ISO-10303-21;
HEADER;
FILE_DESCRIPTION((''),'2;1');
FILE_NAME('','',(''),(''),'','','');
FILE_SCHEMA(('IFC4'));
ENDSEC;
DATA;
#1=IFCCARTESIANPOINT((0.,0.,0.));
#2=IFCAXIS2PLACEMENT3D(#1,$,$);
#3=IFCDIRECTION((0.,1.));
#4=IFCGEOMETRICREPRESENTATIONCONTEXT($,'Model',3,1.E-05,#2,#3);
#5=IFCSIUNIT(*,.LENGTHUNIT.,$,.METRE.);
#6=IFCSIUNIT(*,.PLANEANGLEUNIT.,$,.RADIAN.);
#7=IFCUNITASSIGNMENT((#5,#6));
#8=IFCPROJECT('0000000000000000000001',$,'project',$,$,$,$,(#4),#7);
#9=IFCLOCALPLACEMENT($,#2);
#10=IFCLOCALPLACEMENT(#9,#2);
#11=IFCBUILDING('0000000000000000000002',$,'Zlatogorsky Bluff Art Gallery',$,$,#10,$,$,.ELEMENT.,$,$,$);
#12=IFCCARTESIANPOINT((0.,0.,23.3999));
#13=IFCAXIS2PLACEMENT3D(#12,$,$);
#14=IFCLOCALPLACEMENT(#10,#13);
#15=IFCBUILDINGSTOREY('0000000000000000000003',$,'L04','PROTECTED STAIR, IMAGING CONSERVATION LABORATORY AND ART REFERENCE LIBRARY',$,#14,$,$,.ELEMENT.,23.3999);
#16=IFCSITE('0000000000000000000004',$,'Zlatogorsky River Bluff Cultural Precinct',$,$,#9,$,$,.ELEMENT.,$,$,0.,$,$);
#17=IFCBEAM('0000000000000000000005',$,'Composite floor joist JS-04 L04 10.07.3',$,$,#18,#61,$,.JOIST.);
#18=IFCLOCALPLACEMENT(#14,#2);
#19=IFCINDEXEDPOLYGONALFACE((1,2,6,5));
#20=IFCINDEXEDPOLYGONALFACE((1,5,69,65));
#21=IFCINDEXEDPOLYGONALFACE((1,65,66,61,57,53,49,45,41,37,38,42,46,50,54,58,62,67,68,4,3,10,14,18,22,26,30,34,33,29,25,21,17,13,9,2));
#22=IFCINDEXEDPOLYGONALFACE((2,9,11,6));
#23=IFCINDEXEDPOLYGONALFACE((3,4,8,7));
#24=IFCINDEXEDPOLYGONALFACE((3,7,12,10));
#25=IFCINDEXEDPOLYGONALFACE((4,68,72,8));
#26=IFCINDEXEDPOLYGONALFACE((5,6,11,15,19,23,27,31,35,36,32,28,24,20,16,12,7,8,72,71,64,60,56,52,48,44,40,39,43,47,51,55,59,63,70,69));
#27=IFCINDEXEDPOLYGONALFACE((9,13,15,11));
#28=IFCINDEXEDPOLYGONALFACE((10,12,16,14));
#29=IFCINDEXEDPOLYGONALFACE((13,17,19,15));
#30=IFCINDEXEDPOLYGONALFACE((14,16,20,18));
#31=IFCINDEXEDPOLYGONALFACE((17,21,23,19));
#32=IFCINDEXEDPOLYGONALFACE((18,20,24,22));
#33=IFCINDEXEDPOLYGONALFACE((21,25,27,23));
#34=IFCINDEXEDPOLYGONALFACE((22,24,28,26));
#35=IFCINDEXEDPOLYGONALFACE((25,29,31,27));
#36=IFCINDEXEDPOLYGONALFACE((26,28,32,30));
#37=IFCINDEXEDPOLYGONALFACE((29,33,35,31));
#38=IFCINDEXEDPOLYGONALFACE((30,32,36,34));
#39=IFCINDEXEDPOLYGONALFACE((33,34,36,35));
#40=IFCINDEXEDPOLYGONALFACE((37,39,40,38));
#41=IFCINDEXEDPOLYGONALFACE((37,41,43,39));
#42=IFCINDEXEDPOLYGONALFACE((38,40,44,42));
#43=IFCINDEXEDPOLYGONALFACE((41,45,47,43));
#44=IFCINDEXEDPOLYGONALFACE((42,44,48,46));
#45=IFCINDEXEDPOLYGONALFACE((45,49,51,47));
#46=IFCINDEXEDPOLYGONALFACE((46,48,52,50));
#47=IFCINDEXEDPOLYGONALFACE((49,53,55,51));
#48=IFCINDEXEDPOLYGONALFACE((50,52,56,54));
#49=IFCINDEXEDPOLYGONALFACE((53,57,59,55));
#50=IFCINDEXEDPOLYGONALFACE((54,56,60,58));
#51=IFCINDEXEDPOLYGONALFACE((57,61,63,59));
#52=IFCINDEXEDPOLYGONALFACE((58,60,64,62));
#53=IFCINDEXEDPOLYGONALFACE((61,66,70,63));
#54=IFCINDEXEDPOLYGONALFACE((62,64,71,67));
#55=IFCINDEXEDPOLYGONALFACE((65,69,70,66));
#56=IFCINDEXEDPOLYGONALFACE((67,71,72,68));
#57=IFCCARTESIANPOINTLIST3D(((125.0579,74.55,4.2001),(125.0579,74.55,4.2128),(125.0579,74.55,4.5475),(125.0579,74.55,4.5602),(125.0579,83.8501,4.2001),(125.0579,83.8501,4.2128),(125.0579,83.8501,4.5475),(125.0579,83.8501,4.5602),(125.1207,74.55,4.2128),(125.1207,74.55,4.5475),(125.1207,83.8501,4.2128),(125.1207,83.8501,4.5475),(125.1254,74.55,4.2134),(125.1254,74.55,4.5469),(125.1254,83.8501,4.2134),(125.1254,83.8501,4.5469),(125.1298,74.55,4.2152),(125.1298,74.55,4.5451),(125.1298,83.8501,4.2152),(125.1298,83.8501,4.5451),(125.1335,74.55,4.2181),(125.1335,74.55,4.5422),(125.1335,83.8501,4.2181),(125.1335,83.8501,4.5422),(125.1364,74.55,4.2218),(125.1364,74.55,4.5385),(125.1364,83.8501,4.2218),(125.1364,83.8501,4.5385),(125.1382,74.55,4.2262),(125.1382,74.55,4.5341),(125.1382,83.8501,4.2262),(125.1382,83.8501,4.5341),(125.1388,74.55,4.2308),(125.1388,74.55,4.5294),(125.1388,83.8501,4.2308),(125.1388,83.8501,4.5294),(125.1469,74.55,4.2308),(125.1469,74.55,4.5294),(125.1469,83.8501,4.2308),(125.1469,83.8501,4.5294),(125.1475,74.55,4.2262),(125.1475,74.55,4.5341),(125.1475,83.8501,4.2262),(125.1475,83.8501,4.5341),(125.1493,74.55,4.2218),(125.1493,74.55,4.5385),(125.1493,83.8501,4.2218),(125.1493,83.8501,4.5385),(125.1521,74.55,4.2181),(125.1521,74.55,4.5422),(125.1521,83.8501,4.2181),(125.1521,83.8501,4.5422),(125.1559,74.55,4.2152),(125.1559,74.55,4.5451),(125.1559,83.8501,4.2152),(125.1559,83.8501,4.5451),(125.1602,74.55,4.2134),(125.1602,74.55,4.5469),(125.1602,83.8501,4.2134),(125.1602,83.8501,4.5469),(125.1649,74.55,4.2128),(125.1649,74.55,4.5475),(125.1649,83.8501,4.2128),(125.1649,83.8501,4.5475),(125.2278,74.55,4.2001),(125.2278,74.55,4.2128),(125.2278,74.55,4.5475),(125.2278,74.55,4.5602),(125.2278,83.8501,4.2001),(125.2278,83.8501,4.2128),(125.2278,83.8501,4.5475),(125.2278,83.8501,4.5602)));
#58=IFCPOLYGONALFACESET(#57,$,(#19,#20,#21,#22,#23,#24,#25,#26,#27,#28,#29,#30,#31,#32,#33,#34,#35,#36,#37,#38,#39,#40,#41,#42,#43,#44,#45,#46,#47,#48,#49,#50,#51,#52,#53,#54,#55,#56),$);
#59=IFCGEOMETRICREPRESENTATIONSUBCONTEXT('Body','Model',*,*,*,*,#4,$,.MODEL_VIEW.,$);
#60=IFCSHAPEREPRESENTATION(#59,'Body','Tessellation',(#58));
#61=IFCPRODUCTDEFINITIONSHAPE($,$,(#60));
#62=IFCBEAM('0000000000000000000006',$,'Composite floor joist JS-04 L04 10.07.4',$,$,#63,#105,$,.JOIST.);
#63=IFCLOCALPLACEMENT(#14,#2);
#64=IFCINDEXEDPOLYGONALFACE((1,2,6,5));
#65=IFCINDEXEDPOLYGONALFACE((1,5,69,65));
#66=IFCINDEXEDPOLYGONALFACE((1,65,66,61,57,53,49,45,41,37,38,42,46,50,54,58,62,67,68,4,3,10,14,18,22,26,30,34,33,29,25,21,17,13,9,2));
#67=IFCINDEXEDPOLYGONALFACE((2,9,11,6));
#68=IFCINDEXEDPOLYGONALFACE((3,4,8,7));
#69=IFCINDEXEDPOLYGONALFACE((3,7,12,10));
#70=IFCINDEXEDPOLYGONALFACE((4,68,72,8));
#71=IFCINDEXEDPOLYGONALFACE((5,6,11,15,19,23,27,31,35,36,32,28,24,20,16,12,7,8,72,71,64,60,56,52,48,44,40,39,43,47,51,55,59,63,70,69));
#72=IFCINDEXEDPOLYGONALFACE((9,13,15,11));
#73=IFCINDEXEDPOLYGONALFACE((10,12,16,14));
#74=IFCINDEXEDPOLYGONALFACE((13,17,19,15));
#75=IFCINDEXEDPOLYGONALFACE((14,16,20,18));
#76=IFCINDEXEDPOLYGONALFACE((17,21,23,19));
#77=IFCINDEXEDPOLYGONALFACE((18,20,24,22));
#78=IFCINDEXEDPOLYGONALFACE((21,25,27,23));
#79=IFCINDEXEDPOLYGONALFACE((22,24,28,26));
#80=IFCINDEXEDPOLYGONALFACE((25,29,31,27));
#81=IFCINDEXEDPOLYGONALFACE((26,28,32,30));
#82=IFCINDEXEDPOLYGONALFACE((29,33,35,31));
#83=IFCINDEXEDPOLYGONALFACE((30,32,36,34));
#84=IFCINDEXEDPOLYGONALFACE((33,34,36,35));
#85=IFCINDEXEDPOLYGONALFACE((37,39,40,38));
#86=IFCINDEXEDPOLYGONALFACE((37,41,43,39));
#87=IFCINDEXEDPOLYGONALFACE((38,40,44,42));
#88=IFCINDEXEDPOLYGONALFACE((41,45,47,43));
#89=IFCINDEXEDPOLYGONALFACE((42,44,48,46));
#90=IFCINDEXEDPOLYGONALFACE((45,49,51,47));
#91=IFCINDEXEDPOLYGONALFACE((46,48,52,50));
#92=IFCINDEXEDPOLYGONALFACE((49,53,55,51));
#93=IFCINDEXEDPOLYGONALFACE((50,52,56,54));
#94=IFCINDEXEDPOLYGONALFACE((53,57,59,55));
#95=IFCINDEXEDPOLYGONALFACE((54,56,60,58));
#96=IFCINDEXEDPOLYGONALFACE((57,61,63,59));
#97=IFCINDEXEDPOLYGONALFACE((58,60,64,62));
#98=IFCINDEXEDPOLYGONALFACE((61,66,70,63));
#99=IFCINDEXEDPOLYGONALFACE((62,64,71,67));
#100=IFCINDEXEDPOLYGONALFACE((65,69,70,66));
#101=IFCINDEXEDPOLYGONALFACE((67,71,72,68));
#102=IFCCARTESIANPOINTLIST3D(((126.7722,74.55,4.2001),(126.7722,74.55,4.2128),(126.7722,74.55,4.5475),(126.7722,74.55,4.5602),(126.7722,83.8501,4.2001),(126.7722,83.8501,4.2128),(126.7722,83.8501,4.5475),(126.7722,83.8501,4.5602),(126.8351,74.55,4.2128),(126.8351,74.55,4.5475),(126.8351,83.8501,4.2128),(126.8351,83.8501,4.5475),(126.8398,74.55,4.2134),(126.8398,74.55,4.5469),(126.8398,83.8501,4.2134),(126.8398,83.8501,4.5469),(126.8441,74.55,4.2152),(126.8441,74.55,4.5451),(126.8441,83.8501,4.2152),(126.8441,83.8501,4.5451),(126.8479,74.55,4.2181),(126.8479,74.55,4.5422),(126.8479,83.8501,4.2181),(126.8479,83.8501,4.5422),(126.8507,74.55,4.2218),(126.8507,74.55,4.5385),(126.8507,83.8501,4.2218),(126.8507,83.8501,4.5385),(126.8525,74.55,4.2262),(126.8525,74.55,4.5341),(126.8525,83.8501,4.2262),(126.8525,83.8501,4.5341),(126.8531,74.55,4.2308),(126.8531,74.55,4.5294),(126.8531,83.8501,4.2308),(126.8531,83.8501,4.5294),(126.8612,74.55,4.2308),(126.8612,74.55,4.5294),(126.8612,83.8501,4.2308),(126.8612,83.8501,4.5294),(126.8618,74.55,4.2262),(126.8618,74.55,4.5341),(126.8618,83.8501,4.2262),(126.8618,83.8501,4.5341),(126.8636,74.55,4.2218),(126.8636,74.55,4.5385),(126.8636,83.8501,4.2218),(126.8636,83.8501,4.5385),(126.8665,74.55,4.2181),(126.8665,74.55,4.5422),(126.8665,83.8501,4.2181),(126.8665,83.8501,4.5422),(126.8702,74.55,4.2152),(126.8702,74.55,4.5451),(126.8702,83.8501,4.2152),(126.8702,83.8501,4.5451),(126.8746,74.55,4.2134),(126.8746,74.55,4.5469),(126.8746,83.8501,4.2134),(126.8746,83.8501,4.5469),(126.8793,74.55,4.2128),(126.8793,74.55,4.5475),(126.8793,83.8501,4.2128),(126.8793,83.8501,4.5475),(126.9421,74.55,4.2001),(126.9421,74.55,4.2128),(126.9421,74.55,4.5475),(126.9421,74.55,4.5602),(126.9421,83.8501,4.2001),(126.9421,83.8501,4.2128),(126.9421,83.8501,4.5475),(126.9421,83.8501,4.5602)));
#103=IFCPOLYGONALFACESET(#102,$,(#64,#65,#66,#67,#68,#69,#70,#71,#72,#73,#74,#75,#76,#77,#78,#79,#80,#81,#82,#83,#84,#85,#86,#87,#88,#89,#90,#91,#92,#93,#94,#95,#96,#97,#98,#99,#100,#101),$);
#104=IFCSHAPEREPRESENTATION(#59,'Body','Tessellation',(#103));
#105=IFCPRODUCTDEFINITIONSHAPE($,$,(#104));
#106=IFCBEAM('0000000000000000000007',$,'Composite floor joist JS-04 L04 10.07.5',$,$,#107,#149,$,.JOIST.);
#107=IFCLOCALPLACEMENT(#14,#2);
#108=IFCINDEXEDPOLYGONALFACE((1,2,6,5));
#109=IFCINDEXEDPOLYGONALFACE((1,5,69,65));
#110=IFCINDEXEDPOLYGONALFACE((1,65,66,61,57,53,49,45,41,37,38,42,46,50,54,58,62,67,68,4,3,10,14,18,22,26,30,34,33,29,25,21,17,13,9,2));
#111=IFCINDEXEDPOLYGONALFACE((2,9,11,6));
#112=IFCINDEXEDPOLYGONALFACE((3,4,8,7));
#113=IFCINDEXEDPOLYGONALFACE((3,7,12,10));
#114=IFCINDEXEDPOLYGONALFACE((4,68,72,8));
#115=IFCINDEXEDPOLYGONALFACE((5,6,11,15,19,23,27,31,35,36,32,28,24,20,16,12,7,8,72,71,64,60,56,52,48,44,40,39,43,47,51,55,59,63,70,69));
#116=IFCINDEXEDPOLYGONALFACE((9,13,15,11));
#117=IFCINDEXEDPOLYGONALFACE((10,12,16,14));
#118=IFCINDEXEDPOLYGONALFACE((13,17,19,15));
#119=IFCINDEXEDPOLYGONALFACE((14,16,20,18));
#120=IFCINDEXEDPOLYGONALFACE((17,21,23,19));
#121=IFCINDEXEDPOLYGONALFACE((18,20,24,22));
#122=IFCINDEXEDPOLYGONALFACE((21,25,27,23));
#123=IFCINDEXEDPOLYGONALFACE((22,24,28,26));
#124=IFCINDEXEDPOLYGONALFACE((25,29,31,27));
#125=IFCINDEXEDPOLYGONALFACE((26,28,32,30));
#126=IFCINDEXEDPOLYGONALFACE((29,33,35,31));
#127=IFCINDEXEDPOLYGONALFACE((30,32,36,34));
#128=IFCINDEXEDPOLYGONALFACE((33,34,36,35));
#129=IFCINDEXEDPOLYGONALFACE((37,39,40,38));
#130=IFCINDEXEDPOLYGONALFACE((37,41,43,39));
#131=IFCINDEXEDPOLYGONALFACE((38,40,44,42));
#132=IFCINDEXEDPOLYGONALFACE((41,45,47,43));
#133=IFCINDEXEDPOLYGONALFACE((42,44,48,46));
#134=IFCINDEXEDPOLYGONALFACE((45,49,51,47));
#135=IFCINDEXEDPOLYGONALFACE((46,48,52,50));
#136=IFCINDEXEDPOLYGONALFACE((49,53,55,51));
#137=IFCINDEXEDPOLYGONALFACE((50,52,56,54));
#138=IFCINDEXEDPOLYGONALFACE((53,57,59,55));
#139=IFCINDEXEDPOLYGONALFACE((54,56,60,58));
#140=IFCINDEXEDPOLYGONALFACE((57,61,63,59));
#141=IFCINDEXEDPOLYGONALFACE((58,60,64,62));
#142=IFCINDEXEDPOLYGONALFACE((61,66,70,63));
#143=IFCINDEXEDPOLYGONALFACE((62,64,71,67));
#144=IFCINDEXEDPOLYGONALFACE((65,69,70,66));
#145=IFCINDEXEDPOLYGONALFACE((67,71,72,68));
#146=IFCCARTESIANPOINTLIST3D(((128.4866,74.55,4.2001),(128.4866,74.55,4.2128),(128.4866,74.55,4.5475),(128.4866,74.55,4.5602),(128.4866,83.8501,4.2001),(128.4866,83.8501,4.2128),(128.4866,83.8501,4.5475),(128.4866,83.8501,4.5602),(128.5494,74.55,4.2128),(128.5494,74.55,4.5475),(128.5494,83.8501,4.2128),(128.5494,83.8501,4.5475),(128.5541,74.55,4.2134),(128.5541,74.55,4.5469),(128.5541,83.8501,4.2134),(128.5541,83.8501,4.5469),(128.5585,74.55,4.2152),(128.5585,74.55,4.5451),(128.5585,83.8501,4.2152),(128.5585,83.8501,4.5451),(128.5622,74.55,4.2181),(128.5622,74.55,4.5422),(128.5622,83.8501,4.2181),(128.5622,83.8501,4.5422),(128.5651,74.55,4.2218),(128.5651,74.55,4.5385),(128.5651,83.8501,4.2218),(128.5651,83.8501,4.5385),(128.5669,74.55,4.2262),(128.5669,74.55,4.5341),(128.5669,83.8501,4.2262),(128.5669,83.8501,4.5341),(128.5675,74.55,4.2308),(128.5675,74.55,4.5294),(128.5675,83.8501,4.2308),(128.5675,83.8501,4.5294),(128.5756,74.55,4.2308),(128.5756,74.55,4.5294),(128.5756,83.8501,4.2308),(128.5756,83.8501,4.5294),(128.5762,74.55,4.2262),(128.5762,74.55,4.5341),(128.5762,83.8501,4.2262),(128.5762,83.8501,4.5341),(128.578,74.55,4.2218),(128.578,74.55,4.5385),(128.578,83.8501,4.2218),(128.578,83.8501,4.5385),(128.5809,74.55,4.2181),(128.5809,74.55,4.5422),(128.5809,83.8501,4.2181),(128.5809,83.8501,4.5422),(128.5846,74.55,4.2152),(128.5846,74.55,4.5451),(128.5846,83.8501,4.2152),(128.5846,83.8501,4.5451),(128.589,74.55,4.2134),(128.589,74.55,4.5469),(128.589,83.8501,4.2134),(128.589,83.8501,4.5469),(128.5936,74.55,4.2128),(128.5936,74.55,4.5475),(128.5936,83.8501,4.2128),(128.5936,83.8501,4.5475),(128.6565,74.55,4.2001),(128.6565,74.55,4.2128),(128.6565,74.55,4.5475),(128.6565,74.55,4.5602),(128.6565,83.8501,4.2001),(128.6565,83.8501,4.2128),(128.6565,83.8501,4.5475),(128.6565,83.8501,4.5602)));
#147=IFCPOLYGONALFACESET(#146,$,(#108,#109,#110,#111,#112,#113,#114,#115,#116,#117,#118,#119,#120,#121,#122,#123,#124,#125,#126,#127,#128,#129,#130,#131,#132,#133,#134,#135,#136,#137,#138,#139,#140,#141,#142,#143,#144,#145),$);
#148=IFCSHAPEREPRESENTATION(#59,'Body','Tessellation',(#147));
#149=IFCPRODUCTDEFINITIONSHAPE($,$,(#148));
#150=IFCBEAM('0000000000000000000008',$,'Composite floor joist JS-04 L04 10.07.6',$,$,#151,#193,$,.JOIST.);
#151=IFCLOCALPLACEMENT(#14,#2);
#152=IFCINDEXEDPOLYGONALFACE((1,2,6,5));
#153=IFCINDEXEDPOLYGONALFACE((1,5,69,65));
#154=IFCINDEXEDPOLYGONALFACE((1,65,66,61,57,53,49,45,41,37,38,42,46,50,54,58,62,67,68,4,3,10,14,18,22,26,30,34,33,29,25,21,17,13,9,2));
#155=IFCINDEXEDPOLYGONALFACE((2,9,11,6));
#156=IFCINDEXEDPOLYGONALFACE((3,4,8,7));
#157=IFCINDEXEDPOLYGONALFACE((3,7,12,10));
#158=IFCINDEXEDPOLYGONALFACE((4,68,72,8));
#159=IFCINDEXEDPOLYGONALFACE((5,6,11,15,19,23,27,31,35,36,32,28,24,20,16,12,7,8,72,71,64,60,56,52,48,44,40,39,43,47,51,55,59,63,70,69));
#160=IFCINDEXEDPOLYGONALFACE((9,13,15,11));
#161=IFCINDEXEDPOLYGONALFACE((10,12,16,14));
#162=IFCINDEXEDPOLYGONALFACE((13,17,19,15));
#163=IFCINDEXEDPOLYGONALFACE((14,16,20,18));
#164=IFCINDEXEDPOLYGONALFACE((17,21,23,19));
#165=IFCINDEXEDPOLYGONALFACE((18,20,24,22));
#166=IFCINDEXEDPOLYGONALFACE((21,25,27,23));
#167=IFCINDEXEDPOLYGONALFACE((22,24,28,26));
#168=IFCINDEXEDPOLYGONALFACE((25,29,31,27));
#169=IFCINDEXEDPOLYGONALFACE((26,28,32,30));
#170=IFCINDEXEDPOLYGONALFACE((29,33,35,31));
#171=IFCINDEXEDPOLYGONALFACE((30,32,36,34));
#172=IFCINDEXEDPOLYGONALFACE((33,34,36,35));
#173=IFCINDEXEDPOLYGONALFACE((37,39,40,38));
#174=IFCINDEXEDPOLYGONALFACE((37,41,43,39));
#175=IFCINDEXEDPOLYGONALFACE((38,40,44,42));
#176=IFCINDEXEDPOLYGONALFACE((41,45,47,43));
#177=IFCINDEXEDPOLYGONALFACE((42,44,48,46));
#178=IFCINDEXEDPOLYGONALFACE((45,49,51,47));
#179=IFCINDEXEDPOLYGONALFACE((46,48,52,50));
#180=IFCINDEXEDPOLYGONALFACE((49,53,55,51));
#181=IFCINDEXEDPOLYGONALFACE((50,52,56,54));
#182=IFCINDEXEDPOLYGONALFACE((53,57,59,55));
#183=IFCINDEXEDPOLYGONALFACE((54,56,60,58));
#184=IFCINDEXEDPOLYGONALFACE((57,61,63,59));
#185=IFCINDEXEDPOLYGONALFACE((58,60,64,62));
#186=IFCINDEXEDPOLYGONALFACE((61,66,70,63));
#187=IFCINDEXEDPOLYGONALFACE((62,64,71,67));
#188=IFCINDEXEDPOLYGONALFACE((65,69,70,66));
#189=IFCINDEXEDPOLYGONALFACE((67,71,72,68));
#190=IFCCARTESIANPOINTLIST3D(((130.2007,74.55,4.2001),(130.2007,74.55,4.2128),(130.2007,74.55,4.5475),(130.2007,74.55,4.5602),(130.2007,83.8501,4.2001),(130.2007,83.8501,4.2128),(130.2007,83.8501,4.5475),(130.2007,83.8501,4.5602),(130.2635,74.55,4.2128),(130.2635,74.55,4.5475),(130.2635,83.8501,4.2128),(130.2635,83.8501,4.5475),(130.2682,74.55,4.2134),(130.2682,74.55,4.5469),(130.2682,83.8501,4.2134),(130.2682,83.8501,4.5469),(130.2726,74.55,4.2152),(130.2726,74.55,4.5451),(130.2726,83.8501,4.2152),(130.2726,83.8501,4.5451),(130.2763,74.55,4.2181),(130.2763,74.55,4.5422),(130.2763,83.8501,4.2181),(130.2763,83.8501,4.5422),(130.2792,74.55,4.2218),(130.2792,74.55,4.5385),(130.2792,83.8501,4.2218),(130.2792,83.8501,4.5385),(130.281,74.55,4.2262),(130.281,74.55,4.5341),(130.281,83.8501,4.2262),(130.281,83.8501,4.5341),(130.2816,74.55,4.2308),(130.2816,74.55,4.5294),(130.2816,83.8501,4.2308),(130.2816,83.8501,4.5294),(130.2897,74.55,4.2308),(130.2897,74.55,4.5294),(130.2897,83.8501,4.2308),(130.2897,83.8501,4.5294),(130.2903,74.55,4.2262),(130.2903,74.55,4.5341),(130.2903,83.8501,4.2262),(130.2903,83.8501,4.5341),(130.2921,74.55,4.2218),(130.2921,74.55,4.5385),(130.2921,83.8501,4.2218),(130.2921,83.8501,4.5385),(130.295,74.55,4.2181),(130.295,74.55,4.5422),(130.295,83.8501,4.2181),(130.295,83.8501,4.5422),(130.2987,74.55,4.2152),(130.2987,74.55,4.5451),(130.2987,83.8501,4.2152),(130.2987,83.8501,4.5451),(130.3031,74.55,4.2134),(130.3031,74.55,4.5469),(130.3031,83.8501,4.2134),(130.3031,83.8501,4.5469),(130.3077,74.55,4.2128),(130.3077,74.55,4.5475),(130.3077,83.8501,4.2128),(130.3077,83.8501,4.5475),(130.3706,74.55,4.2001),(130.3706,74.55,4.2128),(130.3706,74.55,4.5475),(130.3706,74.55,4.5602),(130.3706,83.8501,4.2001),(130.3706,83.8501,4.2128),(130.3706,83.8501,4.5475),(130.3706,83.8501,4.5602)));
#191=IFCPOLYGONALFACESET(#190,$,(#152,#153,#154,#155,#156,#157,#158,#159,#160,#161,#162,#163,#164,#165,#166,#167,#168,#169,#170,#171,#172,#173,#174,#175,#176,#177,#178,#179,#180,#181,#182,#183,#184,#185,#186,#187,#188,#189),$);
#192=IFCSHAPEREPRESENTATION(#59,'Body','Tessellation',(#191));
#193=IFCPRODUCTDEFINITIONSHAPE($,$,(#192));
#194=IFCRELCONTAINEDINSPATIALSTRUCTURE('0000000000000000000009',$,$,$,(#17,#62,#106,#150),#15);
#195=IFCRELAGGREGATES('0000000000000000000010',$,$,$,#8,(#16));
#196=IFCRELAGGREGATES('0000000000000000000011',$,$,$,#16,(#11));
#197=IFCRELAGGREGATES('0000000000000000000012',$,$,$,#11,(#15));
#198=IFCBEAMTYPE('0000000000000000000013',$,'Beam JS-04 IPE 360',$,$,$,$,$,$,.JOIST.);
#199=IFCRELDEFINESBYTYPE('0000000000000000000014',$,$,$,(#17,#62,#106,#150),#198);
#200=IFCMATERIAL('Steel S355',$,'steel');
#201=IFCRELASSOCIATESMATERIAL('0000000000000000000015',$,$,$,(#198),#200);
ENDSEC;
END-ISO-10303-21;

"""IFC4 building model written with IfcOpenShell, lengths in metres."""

from ifc_helpers import new_model, si_unit, direction, frame, origin, origin_2d, place, context, subcontext, project, spatial, i_section, extrude, material, material_profile, profile_set, type_object, element, save


model = new_model("IFC4")

# Units and contexts
model_context = context("Model", 3, precision=1e-05, world=origin(), true_north=direction((0.0, 1.0)))
body_context = subcontext(model_context, "Body", "Model", "MODEL_VIEW")
ifc_project = project(units=[si_unit("LENGTHUNIT", "METRE"), si_unit("PLANEANGLEUNIT", "RADIAN")], contexts=[model_context])

# Site, building, storey
site_placement = place(None, origin())
site = spatial("IfcSite", under=ifc_project, at=site_placement, Name="Zlatogorsky River Bluff Cultural Precinct", CompositionType="ELEMENT", RefElevation=0.0)
building_placement = place(site_placement, origin())
building = spatial("IfcBuilding", under=site, at=building_placement, Name="Zlatogorsky Bluff Art Gallery", CompositionType="ELEMENT")
storey_placement = place(building_placement, frame((0.0, 0.0, 23.3999)))
storey = spatial("IfcBuildingStorey", under=building, at=storey_placement, Name="L04", Description="PROTECTED STAIR, IMAGING CONSERVATION LABORATORY AND ART REFERENCE LIBRARY", CompositionType="ELEMENT", Elevation=23.3999)

# Shared definitions
ifc_material_1 = material(Name="Steel S355", Category="steel")

# Beams
ifc_material_profile_1 = material_profile(ifc_material_1, i_section(OverallWidth=0.1699, OverallDepth=0.3601, WebThickness=0.0081, FlangeThickness=0.0127, FilletRadius=0.0181, at=origin_2d()), Name="IPE 360")
ifc_profile_set_1 = profile_set([ifc_material_profile_1], Name="Steel S355")
beam_type_1 = type_object("IfcBeamType", Name="Beam JS-04 IPE 360", PredefinedType="JOIST", material=ifc_profile_set_1)
for number, where, z_axis, x_axis, name in (
    (1, (125.1428, 74.55, 4.3801), (0.0, 1.0, 0.0), (-1.0, 0.0, 0.0), "Composite floor joist JS-04 L04 10.07.3"),
    (2, (126.8572, 74.55, 4.3801), (0.0, 1.0, 0.0), (-1.0, 0.0, 0.0), "Composite floor joist JS-04 L04 10.07.4"),
    (3, (128.5715, 74.55, 4.3801), (0.0, 1.0, 0.0), (-1.0, 0.0, 0.0), "Composite floor joist JS-04 L04 10.07.5"),
    (4, (130.2856, 74.55, 4.3801), (0.0, 1.0, 0.0), (-1.0, 0.0, 0.0), "Composite floor joist JS-04 L04 10.07.6"),
):
    element("IfcBeam", number, at=place(storey_placement, frame(where, z_axis=z_axis, x_axis=x_axis)), inside=storey, type_object=beam_type_1, Name=name, PredefinedType="JOIST", context=body_context, shape_type="SweptSolid", body=[
        extrude(i_section(OverallWidth=0.1699, OverallDepth=0.3601, WebThickness=0.0081, FlangeThickness=0.0127, FilletRadius=0.0181, at=origin_2d()), origin(), (0.0, 0.0, 1.0), 9.3),
    ])

save(model, "model.ifc")
